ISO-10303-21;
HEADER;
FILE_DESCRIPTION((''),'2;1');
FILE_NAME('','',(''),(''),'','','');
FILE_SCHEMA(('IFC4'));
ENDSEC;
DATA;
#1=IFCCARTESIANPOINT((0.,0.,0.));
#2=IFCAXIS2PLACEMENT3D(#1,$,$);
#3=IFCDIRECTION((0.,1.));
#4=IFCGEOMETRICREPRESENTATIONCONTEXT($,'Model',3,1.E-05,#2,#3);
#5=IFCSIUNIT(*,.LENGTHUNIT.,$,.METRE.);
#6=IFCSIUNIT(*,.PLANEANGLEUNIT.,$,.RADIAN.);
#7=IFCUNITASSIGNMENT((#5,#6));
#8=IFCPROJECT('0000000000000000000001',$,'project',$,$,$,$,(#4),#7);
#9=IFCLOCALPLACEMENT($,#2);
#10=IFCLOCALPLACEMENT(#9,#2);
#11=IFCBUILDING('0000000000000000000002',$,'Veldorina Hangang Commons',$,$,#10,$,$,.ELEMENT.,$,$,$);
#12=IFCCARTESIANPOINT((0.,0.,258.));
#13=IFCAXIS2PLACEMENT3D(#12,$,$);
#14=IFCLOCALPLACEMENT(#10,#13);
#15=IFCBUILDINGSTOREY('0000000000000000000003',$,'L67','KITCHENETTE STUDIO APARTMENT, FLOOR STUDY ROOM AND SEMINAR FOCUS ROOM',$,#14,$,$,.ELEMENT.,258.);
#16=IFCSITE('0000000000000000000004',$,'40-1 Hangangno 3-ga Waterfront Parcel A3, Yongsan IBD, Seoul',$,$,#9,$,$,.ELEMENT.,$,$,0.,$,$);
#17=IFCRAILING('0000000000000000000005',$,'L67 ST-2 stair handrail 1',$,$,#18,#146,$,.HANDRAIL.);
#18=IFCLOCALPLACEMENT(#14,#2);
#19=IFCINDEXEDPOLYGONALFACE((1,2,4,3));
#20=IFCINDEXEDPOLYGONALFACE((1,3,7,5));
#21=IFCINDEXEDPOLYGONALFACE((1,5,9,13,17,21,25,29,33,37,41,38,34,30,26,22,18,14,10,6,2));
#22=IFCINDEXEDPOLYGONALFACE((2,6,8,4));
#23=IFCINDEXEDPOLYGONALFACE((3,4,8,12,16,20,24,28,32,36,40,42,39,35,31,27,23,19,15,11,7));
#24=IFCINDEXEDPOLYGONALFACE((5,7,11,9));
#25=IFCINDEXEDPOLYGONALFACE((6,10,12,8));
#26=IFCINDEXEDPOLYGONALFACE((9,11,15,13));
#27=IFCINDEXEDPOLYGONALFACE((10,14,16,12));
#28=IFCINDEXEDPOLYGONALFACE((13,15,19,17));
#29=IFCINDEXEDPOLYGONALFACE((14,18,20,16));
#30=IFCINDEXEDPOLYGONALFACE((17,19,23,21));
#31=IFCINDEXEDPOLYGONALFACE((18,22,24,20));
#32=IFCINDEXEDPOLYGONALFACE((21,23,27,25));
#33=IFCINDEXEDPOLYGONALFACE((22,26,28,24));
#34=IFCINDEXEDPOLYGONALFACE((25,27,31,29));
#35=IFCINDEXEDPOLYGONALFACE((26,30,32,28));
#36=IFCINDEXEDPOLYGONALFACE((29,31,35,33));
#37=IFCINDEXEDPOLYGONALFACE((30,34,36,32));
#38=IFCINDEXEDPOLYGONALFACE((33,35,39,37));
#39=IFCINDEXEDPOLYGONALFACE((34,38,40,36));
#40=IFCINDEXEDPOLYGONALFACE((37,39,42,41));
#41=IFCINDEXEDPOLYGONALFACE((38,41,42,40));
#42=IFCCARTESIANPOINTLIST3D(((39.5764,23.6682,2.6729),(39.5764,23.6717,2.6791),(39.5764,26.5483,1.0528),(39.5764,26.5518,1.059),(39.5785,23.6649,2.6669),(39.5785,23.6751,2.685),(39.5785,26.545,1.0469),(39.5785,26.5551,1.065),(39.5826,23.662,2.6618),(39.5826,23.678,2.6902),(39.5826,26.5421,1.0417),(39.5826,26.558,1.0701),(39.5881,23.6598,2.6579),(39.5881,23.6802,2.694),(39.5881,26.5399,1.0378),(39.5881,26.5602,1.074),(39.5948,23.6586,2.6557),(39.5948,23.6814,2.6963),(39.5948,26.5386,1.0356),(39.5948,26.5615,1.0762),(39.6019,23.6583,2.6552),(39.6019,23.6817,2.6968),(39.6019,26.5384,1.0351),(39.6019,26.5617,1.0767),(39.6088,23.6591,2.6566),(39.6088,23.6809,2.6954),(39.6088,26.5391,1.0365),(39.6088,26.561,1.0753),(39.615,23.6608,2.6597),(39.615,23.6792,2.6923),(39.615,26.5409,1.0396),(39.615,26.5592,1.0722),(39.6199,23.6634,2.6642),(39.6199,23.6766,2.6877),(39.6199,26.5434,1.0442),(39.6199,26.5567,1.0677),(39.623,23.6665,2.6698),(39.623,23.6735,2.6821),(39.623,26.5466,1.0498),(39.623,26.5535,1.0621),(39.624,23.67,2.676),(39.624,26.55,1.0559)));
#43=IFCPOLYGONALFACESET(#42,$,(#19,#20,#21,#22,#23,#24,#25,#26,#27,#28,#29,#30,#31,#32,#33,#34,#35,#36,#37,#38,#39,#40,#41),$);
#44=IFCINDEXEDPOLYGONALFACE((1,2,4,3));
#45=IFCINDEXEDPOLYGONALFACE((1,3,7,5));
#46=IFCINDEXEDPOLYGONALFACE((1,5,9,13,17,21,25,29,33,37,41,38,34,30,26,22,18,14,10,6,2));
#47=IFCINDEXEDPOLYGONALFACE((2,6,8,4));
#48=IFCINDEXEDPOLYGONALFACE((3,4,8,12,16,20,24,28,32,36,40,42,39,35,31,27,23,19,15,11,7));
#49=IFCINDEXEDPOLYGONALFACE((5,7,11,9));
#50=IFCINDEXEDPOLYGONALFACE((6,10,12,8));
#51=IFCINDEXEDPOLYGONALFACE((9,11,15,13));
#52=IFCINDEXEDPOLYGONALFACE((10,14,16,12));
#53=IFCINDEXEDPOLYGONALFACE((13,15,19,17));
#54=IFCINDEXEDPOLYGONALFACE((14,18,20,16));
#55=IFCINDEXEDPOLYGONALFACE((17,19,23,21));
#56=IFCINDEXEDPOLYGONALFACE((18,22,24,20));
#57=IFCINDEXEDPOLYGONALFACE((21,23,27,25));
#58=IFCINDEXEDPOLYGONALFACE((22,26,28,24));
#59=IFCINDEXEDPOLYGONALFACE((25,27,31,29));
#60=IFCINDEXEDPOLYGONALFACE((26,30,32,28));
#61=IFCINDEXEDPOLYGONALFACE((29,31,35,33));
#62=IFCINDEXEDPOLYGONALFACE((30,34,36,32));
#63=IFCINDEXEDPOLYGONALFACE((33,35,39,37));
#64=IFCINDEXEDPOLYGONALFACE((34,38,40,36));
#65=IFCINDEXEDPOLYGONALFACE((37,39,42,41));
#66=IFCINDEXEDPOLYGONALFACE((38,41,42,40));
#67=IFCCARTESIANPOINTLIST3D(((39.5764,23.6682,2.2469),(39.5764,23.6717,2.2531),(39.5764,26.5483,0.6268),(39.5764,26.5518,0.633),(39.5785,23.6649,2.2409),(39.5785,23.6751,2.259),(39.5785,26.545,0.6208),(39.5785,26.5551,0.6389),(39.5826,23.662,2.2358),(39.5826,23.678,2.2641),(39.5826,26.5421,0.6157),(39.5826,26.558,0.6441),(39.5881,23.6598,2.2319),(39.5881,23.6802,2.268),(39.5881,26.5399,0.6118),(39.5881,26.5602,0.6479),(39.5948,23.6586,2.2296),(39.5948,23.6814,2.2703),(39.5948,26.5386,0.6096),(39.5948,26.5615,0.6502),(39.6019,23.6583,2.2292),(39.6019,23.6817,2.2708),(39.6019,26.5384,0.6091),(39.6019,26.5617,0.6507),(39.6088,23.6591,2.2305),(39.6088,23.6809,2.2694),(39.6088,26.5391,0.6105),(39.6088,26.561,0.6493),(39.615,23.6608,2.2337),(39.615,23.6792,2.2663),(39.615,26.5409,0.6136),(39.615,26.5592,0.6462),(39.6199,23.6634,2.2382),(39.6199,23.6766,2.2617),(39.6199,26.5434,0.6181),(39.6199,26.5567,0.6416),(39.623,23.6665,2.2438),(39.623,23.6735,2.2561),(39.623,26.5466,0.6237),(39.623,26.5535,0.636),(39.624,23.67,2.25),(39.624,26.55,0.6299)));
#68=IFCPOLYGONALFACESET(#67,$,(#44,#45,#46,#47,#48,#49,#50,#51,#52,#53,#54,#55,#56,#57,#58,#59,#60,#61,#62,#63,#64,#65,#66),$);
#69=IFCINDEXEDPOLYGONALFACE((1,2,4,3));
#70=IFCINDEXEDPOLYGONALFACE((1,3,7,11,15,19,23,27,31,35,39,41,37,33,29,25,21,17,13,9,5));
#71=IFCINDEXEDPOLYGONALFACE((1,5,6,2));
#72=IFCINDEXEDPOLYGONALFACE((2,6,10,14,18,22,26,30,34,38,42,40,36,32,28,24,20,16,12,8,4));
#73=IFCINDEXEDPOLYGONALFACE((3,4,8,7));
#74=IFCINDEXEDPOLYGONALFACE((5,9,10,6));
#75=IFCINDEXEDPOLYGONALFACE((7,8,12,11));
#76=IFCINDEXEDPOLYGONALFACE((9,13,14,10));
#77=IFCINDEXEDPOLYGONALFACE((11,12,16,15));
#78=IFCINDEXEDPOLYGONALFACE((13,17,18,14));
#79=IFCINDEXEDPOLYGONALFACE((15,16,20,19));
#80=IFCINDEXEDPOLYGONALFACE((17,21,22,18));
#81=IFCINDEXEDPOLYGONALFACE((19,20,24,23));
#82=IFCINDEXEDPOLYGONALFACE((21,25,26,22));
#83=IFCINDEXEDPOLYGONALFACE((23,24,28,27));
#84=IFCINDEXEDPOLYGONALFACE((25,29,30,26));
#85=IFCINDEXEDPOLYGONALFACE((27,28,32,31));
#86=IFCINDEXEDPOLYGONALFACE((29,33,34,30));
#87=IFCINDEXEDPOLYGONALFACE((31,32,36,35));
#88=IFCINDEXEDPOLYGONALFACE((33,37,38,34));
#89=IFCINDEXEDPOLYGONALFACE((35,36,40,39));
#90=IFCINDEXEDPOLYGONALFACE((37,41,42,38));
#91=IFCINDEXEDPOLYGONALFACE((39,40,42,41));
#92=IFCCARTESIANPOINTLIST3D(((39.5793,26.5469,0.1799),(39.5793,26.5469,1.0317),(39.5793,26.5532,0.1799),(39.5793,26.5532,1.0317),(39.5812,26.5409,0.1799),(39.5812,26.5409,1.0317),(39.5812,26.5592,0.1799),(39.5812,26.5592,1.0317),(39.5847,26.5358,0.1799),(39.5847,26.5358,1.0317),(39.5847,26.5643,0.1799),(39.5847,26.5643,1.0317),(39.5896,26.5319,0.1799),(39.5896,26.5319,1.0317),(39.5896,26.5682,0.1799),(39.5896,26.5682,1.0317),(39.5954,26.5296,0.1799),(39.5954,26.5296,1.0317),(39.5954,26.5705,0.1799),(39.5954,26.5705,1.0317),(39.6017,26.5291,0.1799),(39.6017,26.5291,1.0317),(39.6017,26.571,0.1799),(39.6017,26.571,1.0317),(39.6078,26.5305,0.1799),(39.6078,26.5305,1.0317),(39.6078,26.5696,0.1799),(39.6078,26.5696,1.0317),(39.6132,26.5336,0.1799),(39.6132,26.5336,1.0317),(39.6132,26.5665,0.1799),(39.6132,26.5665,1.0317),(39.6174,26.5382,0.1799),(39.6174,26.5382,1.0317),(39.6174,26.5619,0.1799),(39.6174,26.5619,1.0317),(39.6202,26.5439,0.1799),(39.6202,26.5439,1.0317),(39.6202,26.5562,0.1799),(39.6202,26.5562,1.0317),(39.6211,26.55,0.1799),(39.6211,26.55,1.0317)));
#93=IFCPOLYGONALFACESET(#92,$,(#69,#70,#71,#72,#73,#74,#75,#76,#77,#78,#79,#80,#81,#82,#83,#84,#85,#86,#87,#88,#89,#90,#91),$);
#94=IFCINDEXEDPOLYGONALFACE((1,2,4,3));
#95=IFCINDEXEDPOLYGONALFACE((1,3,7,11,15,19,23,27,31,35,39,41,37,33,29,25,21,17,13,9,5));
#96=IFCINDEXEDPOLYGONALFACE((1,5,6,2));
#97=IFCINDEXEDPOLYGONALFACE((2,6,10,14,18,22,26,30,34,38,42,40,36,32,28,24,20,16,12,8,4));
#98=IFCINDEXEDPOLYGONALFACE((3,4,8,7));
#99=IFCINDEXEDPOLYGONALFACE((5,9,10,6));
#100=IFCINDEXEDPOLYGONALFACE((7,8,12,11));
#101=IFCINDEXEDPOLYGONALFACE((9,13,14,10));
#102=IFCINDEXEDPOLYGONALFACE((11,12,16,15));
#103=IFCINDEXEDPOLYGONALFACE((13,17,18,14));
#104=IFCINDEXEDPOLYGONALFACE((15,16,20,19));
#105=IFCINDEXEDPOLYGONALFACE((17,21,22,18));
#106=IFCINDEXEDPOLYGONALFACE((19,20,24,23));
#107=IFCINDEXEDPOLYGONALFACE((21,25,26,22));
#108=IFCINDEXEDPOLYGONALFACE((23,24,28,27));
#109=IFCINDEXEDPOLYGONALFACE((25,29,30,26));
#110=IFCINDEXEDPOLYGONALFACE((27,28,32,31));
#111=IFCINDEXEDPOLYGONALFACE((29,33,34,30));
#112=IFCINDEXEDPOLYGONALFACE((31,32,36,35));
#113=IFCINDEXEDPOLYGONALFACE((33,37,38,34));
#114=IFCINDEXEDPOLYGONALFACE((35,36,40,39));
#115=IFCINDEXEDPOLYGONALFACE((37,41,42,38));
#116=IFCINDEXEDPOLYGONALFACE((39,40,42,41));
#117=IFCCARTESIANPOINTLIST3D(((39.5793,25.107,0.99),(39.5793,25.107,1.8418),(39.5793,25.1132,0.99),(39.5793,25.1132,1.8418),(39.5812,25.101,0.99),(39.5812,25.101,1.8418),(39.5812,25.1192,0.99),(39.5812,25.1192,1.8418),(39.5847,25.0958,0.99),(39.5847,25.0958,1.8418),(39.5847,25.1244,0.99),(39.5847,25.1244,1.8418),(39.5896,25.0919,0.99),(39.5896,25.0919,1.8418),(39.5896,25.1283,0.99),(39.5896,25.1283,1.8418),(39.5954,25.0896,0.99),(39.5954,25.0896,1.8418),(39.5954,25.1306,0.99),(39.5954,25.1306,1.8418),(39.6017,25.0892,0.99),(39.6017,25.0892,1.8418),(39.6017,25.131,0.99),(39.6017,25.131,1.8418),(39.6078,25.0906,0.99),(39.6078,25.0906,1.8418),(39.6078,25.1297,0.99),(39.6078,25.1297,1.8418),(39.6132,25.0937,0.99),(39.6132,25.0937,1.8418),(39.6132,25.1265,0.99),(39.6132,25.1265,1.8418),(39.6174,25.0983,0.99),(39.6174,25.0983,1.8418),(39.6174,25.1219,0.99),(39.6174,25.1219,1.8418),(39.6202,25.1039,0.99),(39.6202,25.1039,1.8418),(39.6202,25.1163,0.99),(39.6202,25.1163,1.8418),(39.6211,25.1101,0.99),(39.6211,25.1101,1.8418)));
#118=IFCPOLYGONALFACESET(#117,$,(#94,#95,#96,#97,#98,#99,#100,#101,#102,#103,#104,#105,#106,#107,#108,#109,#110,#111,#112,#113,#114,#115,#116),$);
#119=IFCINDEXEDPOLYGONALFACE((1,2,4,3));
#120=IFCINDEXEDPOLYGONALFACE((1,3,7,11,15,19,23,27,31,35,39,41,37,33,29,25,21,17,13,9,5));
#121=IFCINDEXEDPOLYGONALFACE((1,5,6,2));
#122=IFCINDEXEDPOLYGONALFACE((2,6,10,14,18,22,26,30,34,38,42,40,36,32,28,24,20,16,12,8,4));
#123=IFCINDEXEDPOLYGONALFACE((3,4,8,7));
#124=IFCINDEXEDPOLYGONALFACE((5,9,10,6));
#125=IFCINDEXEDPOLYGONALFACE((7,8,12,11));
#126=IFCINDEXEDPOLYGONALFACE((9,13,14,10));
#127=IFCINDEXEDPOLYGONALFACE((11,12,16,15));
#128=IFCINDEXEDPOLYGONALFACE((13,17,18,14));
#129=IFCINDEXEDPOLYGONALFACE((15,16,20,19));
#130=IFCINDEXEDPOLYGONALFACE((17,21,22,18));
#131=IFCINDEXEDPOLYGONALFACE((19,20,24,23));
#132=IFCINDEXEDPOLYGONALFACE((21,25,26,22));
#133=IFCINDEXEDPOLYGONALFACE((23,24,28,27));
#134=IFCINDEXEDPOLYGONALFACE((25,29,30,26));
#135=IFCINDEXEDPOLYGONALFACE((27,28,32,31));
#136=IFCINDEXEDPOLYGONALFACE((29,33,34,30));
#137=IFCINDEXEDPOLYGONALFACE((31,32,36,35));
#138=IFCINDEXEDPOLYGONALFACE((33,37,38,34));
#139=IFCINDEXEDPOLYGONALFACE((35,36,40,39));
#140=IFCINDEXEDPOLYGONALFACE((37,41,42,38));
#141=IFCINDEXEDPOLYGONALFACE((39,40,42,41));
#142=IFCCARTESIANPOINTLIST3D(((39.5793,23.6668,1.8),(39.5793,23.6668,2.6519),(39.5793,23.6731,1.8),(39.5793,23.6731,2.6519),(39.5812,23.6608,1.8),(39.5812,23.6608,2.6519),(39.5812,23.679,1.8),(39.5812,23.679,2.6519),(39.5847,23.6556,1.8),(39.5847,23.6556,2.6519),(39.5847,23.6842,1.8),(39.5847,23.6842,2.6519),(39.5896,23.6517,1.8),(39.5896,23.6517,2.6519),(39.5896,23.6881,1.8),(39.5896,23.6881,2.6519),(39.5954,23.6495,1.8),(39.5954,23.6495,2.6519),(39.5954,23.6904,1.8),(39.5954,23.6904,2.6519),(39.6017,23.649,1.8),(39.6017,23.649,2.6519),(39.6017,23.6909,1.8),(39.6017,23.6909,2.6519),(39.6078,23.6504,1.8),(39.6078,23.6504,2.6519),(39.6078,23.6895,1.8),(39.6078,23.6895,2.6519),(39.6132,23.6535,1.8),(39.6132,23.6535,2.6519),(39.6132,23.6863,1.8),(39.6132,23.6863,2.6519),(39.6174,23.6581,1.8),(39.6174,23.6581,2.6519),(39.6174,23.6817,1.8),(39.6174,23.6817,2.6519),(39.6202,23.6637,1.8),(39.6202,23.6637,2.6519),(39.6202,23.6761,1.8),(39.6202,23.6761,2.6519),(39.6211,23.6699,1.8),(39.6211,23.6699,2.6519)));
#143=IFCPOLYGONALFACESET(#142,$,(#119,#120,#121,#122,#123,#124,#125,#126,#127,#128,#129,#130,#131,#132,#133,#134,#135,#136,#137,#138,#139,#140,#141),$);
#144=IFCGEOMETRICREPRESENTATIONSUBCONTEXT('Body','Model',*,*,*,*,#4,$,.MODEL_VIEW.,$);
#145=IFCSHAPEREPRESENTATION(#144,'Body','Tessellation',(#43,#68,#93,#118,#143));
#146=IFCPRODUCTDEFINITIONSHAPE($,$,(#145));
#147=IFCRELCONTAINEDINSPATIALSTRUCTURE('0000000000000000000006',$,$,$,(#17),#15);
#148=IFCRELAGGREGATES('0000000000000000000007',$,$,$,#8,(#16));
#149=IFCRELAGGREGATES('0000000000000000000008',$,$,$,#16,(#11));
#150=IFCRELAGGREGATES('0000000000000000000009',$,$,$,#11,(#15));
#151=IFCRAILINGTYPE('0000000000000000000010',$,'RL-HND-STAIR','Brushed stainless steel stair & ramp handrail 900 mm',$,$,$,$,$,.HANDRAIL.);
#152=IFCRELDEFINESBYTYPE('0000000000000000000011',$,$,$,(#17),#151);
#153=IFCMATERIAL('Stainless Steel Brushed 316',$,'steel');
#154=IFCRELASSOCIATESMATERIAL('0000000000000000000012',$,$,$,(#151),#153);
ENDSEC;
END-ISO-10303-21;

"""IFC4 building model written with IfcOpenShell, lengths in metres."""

from ifc_helpers import new_model, si_unit, direction, frame, origin, origin_2d, place, context, subcontext, project, spatial, circle, extrude, material, type_object, element, save


model = new_model("IFC4")

# Units and contexts
model_context = context("Model", 3, precision=1e-05, world=origin(), true_north=direction((0.0, 1.0)))
body_context = subcontext(model_context, "Body", "Model", "MODEL_VIEW")
ifc_project = project(units=[si_unit("LENGTHUNIT", "METRE"), si_unit("PLANEANGLEUNIT", "RADIAN")], contexts=[model_context])

# Site, building, storey
site_placement = place(None, origin())
site = spatial("IfcSite", under=ifc_project, at=site_placement, Name="40-1 Hangangno 3-ga Waterfront Parcel A3, Yongsan IBD, Seoul", CompositionType="ELEMENT", RefElevation=0.0)
building_placement = place(site_placement, origin())
building = spatial("IfcBuilding", under=site, at=building_placement, Name="Veldorina Hangang Commons", CompositionType="ELEMENT")
storey_placement = place(building_placement, frame((0.0, 0.0, 258.0)))
storey = spatial("IfcBuildingStorey", under=building, at=storey_placement, Name="L67", Description="KITCHENETTE STUDIO APARTMENT, FLOOR STUDY ROOM AND SEMINAR FOCUS ROOM", CompositionType="ELEMENT", Elevation=258.0)

# Railing
ifc_material_1 = material(Name="Stainless Steel Brushed 316", Category="steel")
railing_type_1 = type_object("IfcRailingType", Name="RL-HND-STAIR", Description="Brushed stainless steel stair & ramp handrail 900 mm", PredefinedType="HANDRAIL", material=ifc_material_1)
railing_1_placement = place(storey_placement, frame((39.6001, 26.55, 0.1799)))
element("IfcRailing", 1, at=railing_1_placement, inside=storey, type_object=railing_type_1, Name="L67 ST-2 stair handrail 1", PredefinedType="HANDRAIL", context=body_context, shape_type="SweptSolid", body=[
    extrude(circle(Radius=0.0239, at=origin_2d()), frame((0.0, 0.0, 0.876), z_axis=(0.0, -0.87157, 0.490272), x_axis=(1.0, 0.0, 0.0)), (0.0, 0.0, 1.0), 3.3044),
    extrude(circle(Radius=0.0239, at=origin_2d()), frame((0.0, 0.0, 0.45), z_axis=(0.0, -0.87157, 0.490272), x_axis=(1.0, 0.0, 0.0)), (0.0, 0.0, 1.0), 3.3044),
    extrude(circle(Radius=0.021, at=origin_2d()), origin(), (0.0, 0.0, 1.0), 0.8518),
    extrude(circle(Radius=0.021, at=origin_2d()), frame((0.0, -1.4399, 0.8101)), (0.0, 0.0, 1.0), 0.8518),
    extrude(circle(Radius=0.021, at=origin_2d()), frame((0.0, -2.8801, 1.6201)), (0.0, 0.0, 1.0), 0.8518),
])

save(model, "model.ifc")
